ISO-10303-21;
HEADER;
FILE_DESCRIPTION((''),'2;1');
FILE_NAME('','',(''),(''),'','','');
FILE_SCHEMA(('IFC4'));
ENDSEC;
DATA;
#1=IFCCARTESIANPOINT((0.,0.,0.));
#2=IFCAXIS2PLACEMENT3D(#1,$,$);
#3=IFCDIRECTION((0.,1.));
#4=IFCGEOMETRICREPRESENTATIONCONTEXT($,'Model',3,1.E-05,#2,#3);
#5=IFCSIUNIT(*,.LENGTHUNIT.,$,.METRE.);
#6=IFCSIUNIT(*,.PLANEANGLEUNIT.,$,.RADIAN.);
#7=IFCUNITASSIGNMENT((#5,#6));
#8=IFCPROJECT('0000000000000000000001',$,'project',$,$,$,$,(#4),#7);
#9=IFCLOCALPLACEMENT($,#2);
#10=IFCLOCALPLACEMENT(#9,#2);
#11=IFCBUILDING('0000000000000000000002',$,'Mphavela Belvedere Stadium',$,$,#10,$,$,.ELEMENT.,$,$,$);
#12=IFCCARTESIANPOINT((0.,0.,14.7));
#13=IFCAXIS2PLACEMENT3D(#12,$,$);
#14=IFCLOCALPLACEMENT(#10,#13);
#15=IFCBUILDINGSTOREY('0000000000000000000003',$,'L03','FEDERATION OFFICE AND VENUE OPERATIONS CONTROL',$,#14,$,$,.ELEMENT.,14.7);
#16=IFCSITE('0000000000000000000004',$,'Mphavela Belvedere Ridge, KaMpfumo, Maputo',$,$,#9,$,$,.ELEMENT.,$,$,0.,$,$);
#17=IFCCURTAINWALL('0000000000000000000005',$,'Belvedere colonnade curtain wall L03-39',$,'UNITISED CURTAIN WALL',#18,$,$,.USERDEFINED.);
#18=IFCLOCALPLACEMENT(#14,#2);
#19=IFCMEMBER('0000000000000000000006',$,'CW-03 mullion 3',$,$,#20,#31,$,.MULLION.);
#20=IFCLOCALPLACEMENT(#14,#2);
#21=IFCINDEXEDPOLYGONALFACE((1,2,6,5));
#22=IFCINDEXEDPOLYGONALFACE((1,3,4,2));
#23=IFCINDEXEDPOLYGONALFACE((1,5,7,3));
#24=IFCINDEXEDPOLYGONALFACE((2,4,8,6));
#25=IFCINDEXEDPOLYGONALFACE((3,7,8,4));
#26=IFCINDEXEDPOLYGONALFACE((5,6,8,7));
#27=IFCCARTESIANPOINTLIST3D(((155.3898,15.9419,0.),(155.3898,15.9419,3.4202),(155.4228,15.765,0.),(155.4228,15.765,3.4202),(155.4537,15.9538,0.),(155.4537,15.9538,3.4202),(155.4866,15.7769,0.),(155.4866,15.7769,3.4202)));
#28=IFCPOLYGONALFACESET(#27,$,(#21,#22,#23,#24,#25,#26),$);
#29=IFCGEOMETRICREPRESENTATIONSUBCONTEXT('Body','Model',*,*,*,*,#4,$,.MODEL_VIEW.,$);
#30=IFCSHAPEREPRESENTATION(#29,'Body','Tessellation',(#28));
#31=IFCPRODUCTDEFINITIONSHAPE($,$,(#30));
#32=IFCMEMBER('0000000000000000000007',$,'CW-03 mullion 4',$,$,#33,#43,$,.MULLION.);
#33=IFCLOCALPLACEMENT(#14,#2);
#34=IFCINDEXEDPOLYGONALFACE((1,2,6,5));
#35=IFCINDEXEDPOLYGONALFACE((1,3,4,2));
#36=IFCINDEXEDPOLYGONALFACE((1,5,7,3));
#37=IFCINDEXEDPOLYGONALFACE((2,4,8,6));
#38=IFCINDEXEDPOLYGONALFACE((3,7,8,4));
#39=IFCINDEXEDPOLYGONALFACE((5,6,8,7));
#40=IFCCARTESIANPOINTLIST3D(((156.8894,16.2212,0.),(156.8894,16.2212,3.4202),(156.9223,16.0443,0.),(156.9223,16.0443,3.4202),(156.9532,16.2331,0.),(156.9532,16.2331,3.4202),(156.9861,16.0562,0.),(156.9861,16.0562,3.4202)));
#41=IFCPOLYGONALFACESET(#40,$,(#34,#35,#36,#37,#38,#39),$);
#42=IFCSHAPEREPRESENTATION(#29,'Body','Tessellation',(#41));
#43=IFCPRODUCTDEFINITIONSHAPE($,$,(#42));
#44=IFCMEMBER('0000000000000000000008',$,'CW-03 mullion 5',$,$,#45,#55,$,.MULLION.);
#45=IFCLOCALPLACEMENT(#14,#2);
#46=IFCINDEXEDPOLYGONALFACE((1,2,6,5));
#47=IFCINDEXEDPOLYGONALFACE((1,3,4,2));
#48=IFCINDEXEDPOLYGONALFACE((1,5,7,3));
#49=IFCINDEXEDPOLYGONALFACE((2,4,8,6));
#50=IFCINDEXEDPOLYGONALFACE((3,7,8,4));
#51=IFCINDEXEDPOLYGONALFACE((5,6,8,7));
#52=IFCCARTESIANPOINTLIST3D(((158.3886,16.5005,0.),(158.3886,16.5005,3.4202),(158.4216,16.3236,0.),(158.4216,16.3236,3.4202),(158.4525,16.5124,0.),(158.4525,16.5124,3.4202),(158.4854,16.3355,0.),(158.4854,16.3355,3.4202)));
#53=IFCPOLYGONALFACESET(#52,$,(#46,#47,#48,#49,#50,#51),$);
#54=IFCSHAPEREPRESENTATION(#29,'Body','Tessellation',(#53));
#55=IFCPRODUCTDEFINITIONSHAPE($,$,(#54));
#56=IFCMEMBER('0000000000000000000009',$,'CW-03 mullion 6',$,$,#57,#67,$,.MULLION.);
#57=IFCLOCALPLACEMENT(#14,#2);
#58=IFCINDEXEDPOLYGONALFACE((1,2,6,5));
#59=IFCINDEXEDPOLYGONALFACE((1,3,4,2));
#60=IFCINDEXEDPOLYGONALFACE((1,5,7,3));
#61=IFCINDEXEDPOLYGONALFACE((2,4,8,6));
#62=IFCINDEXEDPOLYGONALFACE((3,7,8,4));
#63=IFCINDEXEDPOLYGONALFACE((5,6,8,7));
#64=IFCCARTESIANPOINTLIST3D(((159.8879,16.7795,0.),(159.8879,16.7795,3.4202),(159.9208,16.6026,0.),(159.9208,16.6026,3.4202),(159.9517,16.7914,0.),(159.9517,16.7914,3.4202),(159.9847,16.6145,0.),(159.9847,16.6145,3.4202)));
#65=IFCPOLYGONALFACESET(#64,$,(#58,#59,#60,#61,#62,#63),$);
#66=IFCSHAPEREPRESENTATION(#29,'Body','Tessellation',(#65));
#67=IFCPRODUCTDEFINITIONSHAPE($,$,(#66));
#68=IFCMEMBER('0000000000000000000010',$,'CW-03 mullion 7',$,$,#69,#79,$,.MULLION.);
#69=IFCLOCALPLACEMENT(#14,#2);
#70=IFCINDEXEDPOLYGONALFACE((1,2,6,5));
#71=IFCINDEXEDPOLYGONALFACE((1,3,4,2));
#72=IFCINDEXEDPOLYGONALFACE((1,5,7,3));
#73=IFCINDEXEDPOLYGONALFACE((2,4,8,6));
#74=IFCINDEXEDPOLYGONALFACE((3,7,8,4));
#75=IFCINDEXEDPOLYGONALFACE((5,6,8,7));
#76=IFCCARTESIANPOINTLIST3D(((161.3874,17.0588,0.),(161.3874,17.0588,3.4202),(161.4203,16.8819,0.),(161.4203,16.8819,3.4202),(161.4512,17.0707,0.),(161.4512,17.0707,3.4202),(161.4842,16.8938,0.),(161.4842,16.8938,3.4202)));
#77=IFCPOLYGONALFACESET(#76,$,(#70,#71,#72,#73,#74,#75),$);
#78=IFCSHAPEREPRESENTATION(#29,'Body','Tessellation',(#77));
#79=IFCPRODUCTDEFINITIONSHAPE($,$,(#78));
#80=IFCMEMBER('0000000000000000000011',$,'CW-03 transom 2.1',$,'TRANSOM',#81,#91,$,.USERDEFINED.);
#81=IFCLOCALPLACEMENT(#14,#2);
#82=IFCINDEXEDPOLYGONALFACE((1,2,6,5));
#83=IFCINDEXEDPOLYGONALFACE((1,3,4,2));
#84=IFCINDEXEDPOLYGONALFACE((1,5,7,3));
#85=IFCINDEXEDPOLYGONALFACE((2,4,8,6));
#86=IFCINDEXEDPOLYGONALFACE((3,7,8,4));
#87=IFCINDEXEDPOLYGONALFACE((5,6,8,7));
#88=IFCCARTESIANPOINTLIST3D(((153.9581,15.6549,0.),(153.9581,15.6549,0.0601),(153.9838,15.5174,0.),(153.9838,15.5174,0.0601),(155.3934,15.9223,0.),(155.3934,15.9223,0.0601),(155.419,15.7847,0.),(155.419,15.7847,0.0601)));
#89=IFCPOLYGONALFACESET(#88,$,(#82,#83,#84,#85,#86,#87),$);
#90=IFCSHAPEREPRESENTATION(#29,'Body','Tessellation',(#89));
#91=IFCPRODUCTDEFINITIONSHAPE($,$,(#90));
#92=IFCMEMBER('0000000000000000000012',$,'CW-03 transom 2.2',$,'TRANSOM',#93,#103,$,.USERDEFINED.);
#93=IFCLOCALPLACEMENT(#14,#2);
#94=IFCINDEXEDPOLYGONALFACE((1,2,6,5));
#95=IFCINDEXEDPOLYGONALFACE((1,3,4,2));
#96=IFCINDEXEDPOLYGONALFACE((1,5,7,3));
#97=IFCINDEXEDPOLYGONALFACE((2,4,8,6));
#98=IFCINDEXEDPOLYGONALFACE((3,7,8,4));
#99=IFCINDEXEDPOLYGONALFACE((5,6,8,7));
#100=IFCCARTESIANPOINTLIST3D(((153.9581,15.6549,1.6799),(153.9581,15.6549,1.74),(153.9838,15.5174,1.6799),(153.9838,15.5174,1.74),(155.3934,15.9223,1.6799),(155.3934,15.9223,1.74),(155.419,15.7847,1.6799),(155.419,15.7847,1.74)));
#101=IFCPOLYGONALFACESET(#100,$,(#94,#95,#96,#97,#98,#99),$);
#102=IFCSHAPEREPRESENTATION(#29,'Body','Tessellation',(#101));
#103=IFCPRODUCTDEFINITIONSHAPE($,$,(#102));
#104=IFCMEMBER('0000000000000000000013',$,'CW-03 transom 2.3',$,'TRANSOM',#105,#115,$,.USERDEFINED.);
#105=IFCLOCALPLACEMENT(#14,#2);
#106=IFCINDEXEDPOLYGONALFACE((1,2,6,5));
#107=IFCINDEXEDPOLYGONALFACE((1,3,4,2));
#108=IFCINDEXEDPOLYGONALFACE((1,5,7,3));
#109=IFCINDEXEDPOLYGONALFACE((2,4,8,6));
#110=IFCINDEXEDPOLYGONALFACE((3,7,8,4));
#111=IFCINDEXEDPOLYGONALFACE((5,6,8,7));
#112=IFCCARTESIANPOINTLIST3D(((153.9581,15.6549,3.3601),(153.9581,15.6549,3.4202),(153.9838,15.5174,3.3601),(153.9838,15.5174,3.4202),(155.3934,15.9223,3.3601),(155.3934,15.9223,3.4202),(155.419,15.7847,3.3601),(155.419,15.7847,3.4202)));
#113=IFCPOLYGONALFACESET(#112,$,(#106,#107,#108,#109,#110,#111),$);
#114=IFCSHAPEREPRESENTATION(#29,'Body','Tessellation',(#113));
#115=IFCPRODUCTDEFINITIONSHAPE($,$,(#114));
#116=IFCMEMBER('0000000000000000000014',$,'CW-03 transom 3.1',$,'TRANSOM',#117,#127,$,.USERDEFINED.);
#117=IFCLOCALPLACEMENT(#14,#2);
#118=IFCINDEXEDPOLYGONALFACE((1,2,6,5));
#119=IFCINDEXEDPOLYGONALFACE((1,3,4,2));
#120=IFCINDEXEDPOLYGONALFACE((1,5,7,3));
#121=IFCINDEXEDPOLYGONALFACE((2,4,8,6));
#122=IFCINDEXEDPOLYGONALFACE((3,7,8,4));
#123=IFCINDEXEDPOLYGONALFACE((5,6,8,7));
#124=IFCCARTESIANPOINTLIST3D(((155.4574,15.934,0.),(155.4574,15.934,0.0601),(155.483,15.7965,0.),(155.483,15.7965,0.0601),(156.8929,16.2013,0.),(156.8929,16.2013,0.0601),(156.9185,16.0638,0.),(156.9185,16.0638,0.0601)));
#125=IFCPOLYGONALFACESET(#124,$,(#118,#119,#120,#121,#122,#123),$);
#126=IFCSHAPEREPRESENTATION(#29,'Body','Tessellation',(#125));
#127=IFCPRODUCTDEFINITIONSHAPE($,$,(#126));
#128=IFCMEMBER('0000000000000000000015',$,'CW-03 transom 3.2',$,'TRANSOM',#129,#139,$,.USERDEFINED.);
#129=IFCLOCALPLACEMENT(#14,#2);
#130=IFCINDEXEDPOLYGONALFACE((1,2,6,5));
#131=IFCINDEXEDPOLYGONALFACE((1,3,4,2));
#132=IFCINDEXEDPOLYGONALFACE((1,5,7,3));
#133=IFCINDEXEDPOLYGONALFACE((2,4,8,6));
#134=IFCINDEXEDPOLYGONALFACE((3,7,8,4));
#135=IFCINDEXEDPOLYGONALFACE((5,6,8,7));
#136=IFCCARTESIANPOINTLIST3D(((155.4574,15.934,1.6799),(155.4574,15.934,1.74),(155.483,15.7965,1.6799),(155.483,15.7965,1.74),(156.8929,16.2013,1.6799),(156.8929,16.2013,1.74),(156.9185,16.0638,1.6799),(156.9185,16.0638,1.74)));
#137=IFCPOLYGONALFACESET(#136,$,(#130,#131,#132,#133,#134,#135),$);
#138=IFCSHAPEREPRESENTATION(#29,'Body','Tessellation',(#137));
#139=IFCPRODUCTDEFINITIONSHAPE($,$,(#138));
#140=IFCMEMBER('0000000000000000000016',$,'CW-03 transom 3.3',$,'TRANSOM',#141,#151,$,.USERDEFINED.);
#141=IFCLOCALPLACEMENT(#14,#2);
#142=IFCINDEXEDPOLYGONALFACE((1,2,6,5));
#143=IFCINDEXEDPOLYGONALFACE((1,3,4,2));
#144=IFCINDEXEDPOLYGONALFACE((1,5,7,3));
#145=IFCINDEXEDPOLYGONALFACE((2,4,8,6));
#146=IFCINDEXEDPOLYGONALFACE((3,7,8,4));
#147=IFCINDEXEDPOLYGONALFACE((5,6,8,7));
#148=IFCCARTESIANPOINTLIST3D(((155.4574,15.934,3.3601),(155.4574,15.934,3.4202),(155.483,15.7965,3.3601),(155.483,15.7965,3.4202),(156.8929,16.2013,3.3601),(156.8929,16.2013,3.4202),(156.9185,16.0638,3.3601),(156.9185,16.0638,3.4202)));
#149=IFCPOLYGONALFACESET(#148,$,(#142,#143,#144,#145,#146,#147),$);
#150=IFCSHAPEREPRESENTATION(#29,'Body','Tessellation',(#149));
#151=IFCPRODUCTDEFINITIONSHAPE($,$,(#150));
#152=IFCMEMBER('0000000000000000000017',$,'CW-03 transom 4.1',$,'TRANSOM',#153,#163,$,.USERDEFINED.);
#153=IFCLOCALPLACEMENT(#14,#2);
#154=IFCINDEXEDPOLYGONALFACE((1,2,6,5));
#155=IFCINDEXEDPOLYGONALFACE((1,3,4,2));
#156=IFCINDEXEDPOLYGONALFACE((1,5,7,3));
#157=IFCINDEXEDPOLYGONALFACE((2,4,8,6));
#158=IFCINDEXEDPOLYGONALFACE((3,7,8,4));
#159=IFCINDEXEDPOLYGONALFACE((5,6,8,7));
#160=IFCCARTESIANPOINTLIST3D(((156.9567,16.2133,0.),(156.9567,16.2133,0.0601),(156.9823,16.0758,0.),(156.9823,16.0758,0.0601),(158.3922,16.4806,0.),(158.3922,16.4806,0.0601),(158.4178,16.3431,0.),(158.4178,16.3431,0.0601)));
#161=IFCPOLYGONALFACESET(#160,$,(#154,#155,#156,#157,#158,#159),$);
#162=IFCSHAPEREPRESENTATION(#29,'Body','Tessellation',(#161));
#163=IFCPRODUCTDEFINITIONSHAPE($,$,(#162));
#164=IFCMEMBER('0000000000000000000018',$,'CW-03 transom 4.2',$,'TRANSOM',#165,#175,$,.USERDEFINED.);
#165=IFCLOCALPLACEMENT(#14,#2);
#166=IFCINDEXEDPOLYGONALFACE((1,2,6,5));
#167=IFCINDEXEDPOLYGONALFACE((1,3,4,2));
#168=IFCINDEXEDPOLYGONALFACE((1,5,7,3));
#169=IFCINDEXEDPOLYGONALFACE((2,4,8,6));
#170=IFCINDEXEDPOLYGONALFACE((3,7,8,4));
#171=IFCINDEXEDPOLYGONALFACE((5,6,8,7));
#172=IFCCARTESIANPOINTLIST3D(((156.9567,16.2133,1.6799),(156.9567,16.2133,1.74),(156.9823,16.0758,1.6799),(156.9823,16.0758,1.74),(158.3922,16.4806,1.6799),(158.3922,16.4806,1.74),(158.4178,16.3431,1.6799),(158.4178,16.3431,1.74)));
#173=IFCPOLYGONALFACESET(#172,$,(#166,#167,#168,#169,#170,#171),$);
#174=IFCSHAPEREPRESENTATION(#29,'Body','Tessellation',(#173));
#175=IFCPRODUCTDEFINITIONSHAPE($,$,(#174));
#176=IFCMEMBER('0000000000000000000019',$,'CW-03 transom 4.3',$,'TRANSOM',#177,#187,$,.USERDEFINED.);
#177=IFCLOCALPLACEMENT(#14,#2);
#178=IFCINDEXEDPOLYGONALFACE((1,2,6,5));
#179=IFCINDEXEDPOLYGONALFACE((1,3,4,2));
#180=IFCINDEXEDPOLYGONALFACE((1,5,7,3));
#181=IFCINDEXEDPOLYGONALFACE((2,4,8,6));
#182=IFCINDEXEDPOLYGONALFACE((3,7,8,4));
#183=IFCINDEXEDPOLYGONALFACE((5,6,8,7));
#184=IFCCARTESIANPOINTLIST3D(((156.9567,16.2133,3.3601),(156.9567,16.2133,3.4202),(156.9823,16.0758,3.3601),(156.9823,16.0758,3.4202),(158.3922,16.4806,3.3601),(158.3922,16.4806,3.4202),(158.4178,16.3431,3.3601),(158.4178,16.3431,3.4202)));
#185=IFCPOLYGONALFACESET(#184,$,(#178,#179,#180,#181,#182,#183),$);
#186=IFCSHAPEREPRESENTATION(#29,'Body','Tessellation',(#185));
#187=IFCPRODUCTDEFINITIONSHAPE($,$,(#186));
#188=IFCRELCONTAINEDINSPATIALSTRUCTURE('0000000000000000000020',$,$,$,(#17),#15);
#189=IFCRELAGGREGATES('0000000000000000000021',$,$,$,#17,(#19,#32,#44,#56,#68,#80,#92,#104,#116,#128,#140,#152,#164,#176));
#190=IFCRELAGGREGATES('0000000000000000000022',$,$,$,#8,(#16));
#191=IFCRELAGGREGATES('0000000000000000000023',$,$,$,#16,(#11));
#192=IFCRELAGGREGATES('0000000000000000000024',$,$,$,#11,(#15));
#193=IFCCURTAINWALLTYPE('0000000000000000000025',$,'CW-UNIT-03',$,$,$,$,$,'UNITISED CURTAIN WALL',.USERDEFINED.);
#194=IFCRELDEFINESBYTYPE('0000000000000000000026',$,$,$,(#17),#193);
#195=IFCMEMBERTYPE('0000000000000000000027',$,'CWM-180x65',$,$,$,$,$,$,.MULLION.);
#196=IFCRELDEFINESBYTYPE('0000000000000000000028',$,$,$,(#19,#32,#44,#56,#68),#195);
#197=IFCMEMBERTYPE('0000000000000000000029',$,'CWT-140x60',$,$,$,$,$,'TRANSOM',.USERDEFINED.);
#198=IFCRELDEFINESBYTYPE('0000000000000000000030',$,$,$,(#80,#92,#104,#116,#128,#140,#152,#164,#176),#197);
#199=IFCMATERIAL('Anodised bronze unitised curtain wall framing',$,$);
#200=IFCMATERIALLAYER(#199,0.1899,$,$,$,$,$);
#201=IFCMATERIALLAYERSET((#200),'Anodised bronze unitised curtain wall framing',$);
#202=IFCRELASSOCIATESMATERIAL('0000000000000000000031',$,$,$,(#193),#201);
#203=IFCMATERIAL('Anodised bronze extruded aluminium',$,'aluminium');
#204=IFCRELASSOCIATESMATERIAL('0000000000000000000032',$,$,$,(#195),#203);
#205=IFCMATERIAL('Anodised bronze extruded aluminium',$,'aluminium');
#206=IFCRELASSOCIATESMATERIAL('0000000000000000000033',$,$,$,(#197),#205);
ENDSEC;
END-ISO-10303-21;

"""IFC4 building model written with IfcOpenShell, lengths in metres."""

from ifc_helpers import new_model, si_unit, direction, frame, origin, origin_2d, place, context, subcontext, project, spatial, rectangle, extrude, material, layer, layer_set, material_profile, profile_set, type_object, element, aggregate, save


model = new_model("IFC4")

# Units and contexts
model_context = context("Model", 3, precision=1e-05, world=origin(), true_north=direction((0.0, 1.0)))
body_context = subcontext(model_context, "Body", "Model", "MODEL_VIEW")
ifc_project = project(units=[si_unit("LENGTHUNIT", "METRE"), si_unit("PLANEANGLEUNIT", "RADIAN")], contexts=[model_context])

# Site, building, storey
site_placement = place(None, origin())
site = spatial("IfcSite", under=ifc_project, at=site_placement, Name="Mphavela Belvedere Ridge, KaMpfumo, Maputo", CompositionType="ELEMENT", RefElevation=0.0)
building_placement = place(site_placement, origin())
building = spatial("IfcBuilding", under=site, at=building_placement, Name="Mphavela Belvedere Stadium", CompositionType="ELEMENT")
storey_placement = place(building_placement, frame((0.0, 0.0, 14.7)))
storey = spatial("IfcBuildingStorey", under=building, at=storey_placement, Name="L03", Description="FEDERATION OFFICE AND VENUE OPERATIONS CONTROL", CompositionType="ELEMENT", Elevation=14.7)

# Curtain wall, members
ifc_material_1 = material(Name="Anodised bronze unitised curtain wall framing")
ifc_layer_1 = layer(ifc_material_1, 0.1899)
ifc_layer_set_1 = layer_set([ifc_layer_1], Name="Anodised bronze unitised curtain wall framing")
curtain_wall_type = type_object("IfcCurtainWallType", Name="CW-UNIT-03", ElementType="UNITISED CURTAIN WALL", PredefinedType="USERDEFINED", material=ifc_layer_set_1)
curtain_wall_placement = place(storey_placement, origin())
curtain_wall = element("IfcCurtainWall", 1, at=curtain_wall_placement, inside=storey, type_object=curtain_wall_type, Name="Belvedere colonnade curtain wall L03-39", ObjectType="UNITISED CURTAIN WALL", PredefinedType="USERDEFINED")
ifc_material_2 = material(Name="Anodised bronze extruded aluminium", Category="aluminium")
ifc_material_profile_1 = material_profile(ifc_material_2, rectangle(XDim=0.1799, YDim=0.0649, at=origin_2d()), Name="CW-MUL 180x65")
ifc_profile_set_1 = profile_set([ifc_material_profile_1], Name="Anodised bronze extruded aluminium")
member_type_1 = type_object("IfcMemberType", Name="CWM-180x65", PredefinedType="MULLION", material=ifc_profile_set_1)
member_1_placement = place(storey_placement, frame((155.4382, 15.8594, 0.0), z_axis=(0.0, 0.0, 1.0), x_axis=(-0.183088, 0.983097, 0.0)))
member_1 = element("IfcMember", 2, at=member_1_placement, type_object=member_type_1, Name="CW-03 mullion 3", PredefinedType="MULLION", context=body_context, shape_type="SweptSolid", body=[
    extrude(rectangle(XDim=0.1799, YDim=0.0649, at=origin_2d()), origin(), (0.0, 0.0, 1.0), 3.4202),
])
member_2_placement = place(storey_placement, frame((156.9377, 16.1387, 0.0), z_axis=(0.0, 0.0, 1.0), x_axis=(-0.183088, 0.983097, 0.0)))
member_2 = element("IfcMember", 3, at=member_2_placement, type_object=member_type_1, Name="CW-03 mullion 4", PredefinedType="MULLION", context=body_context, shape_type="SweptSolid", body=[
    extrude(rectangle(XDim=0.1799, YDim=0.0649, at=origin_2d()), origin(), (0.0, 0.0, 1.0), 3.4202),
])
member_3_placement = place(storey_placement, frame((158.437, 16.418, 0.0), z_axis=(0.0, 0.0, 1.0), x_axis=(-0.183088, 0.983097, 0.0)))
member_3 = element("IfcMember", 4, at=member_3_placement, type_object=member_type_1, Name="CW-03 mullion 5", PredefinedType="MULLION", context=body_context, shape_type="SweptSolid", body=[
    extrude(rectangle(XDim=0.1799, YDim=0.0649, at=origin_2d()), origin(), (0.0, 0.0, 1.0), 3.4202),
])
member_4_placement = place(storey_placement, frame((159.9363, 16.697, 0.0), z_axis=(0.0, 0.0, 1.0), x_axis=(-0.183088, 0.983097, 0.0)))
member_4 = element("IfcMember", 5, at=member_4_placement, type_object=member_type_1, Name="CW-03 mullion 6", PredefinedType="MULLION", context=body_context, shape_type="SweptSolid", body=[
    extrude(rectangle(XDim=0.1799, YDim=0.0649, at=origin_2d()), origin(), (0.0, 0.0, 1.0), 3.4202),
])
member_5_placement = place(storey_placement, frame((161.4358, 16.9763, 0.0), z_axis=(0.0, 0.0, 1.0), x_axis=(-0.183088, 0.983097, 0.0)))
member_5 = element("IfcMember", 6, at=member_5_placement, type_object=member_type_1, Name="CW-03 mullion 7", PredefinedType="MULLION", context=body_context, shape_type="SweptSolid", body=[
    extrude(rectangle(XDim=0.1799, YDim=0.0649, at=origin_2d()), origin(), (0.0, 0.0, 1.0), 3.4202),
])
ifc_material_3 = material(Name="Anodised bronze extruded aluminium", Category="aluminium")
ifc_material_profile_2 = material_profile(ifc_material_3, rectangle(XDim=0.1399, YDim=0.0601, at=origin_2d()), Name="CW-TRN 140x60")
ifc_profile_set_2 = profile_set([ifc_material_profile_2], Name="Anodised bronze extruded aluminium")
member_type_2 = type_object("IfcMemberType", Name="CWT-140x60", ElementType="TRANSOM", PredefinedType="USERDEFINED", material=ifc_profile_set_2)
member_6_placement = place(storey_placement, frame((153.9709, 15.5862, 0.03), z_axis=(0.983093, 0.183107, 0.0), x_axis=(-0.183107, 0.983093, 0.0)))
member_6 = element("IfcMember", 7, at=member_6_placement, type_object=member_type_2, Name="CW-03 transom 2.1", ObjectType="TRANSOM", PredefinedType="USERDEFINED", context=body_context, shape_type="SweptSolid", body=[
    extrude(rectangle(XDim=0.1399, YDim=0.0601, at=origin_2d()), origin(), (0.0, 0.0, 1.0), 1.46),
])
member_7_placement = place(storey_placement, frame((153.9709, 15.5862, 1.71), z_axis=(0.983093, 0.183107, 0.0), x_axis=(-0.183107, 0.983093, 0.0)))
member_7 = element("IfcMember", 8, at=member_7_placement, type_object=member_type_2, Name="CW-03 transom 2.2", ObjectType="TRANSOM", PredefinedType="USERDEFINED", context=body_context, shape_type="SweptSolid", body=[
    extrude(rectangle(XDim=0.1399, YDim=0.0601, at=origin_2d()), origin(), (0.0, 0.0, 1.0), 1.46),
])
member_8_placement = place(storey_placement, frame((153.9709, 15.5862, 3.3901), z_axis=(0.983093, 0.183107, 0.0), x_axis=(-0.183107, 0.983093, 0.0)))
member_8 = element("IfcMember", 9, at=member_8_placement, type_object=member_type_2, Name="CW-03 transom 2.3", ObjectType="TRANSOM", PredefinedType="USERDEFINED", context=body_context, shape_type="SweptSolid", body=[
    extrude(rectangle(XDim=0.1399, YDim=0.0601, at=origin_2d()), origin(), (0.0, 0.0, 1.0), 1.46),
])
member_9_placement = place(storey_placement, frame((155.4702, 15.8652, 0.03), z_axis=(0.983099, 0.183077, 0.0), x_axis=(-0.183077, 0.983099, 0.0)))
member_9 = element("IfcMember", 10, at=member_9_placement, type_object=member_type_2, Name="CW-03 transom 3.1", ObjectType="TRANSOM", PredefinedType="USERDEFINED", context=body_context, shape_type="SweptSolid", body=[
    extrude(rectangle(XDim=0.1399, YDim=0.0601, at=origin_2d()), origin(), (0.0, 0.0, 1.0), 1.4602),
])
member_10_placement = place(storey_placement, frame((155.4702, 15.8652, 1.71), z_axis=(0.983099, 0.183077, 0.0), x_axis=(-0.183077, 0.983099, 0.0)))
member_10 = element("IfcMember", 11, at=member_10_placement, type_object=member_type_2, Name="CW-03 transom 3.2", ObjectType="TRANSOM", PredefinedType="USERDEFINED", context=body_context, shape_type="SweptSolid", body=[
    extrude(rectangle(XDim=0.1399, YDim=0.0601, at=origin_2d()), origin(), (0.0, 0.0, 1.0), 1.4602),
])
member_11_placement = place(storey_placement, frame((155.4702, 15.8652, 3.3901), z_axis=(0.983099, 0.183077, 0.0), x_axis=(-0.183077, 0.983099, 0.0)))
member_11 = element("IfcMember", 12, at=member_11_placement, type_object=member_type_2, Name="CW-03 transom 3.3", ObjectType="TRANSOM", PredefinedType="USERDEFINED", context=body_context, shape_type="SweptSolid", body=[
    extrude(rectangle(XDim=0.1399, YDim=0.0601, at=origin_2d()), origin(), (0.0, 0.0, 1.0), 1.4602),
])
member_12_placement = place(storey_placement, frame((156.9695, 16.1445, 0.03), z_axis=(0.983099, 0.183077, 0.0), x_axis=(-0.183077, 0.983099, 0.0)))
member_12 = element("IfcMember", 13, at=member_12_placement, type_object=member_type_2, Name="CW-03 transom 4.1", ObjectType="TRANSOM", PredefinedType="USERDEFINED", context=body_context, shape_type="SweptSolid", body=[
    extrude(rectangle(XDim=0.1399, YDim=0.0601, at=origin_2d()), origin(), (0.0, 0.0, 1.0), 1.4602),
])
member_13_placement = place(storey_placement, frame((156.9695, 16.1445, 1.71), z_axis=(0.983099, 0.183077, 0.0), x_axis=(-0.183077, 0.983099, 0.0)))
member_13 = element("IfcMember", 14, at=member_13_placement, type_object=member_type_2, Name="CW-03 transom 4.2", ObjectType="TRANSOM", PredefinedType="USERDEFINED", context=body_context, shape_type="SweptSolid", body=[
    extrude(rectangle(XDim=0.1399, YDim=0.0601, at=origin_2d()), origin(), (0.0, 0.0, 1.0), 1.4602),
])
member_14_placement = place(storey_placement, frame((156.9695, 16.1445, 3.3901), z_axis=(0.983099, 0.183077, 0.0), x_axis=(-0.183077, 0.983099, 0.0)))
member_14 = element("IfcMember", 15, at=member_14_placement, type_object=member_type_2, Name="CW-03 transom 4.3", ObjectType="TRANSOM", PredefinedType="USERDEFINED", context=body_context, shape_type="SweptSolid", body=[
    extrude(rectangle(XDim=0.1399, YDim=0.0601, at=origin_2d()), origin(), (0.0, 0.0, 1.0), 1.4602),
])
aggregate(curtain_wall, [member_1, member_2, member_3, member_4, member_5, member_6, member_7, member_8, member_9, member_10, member_11, member_12, member_13, member_14])

save(model, "model.ifc")
